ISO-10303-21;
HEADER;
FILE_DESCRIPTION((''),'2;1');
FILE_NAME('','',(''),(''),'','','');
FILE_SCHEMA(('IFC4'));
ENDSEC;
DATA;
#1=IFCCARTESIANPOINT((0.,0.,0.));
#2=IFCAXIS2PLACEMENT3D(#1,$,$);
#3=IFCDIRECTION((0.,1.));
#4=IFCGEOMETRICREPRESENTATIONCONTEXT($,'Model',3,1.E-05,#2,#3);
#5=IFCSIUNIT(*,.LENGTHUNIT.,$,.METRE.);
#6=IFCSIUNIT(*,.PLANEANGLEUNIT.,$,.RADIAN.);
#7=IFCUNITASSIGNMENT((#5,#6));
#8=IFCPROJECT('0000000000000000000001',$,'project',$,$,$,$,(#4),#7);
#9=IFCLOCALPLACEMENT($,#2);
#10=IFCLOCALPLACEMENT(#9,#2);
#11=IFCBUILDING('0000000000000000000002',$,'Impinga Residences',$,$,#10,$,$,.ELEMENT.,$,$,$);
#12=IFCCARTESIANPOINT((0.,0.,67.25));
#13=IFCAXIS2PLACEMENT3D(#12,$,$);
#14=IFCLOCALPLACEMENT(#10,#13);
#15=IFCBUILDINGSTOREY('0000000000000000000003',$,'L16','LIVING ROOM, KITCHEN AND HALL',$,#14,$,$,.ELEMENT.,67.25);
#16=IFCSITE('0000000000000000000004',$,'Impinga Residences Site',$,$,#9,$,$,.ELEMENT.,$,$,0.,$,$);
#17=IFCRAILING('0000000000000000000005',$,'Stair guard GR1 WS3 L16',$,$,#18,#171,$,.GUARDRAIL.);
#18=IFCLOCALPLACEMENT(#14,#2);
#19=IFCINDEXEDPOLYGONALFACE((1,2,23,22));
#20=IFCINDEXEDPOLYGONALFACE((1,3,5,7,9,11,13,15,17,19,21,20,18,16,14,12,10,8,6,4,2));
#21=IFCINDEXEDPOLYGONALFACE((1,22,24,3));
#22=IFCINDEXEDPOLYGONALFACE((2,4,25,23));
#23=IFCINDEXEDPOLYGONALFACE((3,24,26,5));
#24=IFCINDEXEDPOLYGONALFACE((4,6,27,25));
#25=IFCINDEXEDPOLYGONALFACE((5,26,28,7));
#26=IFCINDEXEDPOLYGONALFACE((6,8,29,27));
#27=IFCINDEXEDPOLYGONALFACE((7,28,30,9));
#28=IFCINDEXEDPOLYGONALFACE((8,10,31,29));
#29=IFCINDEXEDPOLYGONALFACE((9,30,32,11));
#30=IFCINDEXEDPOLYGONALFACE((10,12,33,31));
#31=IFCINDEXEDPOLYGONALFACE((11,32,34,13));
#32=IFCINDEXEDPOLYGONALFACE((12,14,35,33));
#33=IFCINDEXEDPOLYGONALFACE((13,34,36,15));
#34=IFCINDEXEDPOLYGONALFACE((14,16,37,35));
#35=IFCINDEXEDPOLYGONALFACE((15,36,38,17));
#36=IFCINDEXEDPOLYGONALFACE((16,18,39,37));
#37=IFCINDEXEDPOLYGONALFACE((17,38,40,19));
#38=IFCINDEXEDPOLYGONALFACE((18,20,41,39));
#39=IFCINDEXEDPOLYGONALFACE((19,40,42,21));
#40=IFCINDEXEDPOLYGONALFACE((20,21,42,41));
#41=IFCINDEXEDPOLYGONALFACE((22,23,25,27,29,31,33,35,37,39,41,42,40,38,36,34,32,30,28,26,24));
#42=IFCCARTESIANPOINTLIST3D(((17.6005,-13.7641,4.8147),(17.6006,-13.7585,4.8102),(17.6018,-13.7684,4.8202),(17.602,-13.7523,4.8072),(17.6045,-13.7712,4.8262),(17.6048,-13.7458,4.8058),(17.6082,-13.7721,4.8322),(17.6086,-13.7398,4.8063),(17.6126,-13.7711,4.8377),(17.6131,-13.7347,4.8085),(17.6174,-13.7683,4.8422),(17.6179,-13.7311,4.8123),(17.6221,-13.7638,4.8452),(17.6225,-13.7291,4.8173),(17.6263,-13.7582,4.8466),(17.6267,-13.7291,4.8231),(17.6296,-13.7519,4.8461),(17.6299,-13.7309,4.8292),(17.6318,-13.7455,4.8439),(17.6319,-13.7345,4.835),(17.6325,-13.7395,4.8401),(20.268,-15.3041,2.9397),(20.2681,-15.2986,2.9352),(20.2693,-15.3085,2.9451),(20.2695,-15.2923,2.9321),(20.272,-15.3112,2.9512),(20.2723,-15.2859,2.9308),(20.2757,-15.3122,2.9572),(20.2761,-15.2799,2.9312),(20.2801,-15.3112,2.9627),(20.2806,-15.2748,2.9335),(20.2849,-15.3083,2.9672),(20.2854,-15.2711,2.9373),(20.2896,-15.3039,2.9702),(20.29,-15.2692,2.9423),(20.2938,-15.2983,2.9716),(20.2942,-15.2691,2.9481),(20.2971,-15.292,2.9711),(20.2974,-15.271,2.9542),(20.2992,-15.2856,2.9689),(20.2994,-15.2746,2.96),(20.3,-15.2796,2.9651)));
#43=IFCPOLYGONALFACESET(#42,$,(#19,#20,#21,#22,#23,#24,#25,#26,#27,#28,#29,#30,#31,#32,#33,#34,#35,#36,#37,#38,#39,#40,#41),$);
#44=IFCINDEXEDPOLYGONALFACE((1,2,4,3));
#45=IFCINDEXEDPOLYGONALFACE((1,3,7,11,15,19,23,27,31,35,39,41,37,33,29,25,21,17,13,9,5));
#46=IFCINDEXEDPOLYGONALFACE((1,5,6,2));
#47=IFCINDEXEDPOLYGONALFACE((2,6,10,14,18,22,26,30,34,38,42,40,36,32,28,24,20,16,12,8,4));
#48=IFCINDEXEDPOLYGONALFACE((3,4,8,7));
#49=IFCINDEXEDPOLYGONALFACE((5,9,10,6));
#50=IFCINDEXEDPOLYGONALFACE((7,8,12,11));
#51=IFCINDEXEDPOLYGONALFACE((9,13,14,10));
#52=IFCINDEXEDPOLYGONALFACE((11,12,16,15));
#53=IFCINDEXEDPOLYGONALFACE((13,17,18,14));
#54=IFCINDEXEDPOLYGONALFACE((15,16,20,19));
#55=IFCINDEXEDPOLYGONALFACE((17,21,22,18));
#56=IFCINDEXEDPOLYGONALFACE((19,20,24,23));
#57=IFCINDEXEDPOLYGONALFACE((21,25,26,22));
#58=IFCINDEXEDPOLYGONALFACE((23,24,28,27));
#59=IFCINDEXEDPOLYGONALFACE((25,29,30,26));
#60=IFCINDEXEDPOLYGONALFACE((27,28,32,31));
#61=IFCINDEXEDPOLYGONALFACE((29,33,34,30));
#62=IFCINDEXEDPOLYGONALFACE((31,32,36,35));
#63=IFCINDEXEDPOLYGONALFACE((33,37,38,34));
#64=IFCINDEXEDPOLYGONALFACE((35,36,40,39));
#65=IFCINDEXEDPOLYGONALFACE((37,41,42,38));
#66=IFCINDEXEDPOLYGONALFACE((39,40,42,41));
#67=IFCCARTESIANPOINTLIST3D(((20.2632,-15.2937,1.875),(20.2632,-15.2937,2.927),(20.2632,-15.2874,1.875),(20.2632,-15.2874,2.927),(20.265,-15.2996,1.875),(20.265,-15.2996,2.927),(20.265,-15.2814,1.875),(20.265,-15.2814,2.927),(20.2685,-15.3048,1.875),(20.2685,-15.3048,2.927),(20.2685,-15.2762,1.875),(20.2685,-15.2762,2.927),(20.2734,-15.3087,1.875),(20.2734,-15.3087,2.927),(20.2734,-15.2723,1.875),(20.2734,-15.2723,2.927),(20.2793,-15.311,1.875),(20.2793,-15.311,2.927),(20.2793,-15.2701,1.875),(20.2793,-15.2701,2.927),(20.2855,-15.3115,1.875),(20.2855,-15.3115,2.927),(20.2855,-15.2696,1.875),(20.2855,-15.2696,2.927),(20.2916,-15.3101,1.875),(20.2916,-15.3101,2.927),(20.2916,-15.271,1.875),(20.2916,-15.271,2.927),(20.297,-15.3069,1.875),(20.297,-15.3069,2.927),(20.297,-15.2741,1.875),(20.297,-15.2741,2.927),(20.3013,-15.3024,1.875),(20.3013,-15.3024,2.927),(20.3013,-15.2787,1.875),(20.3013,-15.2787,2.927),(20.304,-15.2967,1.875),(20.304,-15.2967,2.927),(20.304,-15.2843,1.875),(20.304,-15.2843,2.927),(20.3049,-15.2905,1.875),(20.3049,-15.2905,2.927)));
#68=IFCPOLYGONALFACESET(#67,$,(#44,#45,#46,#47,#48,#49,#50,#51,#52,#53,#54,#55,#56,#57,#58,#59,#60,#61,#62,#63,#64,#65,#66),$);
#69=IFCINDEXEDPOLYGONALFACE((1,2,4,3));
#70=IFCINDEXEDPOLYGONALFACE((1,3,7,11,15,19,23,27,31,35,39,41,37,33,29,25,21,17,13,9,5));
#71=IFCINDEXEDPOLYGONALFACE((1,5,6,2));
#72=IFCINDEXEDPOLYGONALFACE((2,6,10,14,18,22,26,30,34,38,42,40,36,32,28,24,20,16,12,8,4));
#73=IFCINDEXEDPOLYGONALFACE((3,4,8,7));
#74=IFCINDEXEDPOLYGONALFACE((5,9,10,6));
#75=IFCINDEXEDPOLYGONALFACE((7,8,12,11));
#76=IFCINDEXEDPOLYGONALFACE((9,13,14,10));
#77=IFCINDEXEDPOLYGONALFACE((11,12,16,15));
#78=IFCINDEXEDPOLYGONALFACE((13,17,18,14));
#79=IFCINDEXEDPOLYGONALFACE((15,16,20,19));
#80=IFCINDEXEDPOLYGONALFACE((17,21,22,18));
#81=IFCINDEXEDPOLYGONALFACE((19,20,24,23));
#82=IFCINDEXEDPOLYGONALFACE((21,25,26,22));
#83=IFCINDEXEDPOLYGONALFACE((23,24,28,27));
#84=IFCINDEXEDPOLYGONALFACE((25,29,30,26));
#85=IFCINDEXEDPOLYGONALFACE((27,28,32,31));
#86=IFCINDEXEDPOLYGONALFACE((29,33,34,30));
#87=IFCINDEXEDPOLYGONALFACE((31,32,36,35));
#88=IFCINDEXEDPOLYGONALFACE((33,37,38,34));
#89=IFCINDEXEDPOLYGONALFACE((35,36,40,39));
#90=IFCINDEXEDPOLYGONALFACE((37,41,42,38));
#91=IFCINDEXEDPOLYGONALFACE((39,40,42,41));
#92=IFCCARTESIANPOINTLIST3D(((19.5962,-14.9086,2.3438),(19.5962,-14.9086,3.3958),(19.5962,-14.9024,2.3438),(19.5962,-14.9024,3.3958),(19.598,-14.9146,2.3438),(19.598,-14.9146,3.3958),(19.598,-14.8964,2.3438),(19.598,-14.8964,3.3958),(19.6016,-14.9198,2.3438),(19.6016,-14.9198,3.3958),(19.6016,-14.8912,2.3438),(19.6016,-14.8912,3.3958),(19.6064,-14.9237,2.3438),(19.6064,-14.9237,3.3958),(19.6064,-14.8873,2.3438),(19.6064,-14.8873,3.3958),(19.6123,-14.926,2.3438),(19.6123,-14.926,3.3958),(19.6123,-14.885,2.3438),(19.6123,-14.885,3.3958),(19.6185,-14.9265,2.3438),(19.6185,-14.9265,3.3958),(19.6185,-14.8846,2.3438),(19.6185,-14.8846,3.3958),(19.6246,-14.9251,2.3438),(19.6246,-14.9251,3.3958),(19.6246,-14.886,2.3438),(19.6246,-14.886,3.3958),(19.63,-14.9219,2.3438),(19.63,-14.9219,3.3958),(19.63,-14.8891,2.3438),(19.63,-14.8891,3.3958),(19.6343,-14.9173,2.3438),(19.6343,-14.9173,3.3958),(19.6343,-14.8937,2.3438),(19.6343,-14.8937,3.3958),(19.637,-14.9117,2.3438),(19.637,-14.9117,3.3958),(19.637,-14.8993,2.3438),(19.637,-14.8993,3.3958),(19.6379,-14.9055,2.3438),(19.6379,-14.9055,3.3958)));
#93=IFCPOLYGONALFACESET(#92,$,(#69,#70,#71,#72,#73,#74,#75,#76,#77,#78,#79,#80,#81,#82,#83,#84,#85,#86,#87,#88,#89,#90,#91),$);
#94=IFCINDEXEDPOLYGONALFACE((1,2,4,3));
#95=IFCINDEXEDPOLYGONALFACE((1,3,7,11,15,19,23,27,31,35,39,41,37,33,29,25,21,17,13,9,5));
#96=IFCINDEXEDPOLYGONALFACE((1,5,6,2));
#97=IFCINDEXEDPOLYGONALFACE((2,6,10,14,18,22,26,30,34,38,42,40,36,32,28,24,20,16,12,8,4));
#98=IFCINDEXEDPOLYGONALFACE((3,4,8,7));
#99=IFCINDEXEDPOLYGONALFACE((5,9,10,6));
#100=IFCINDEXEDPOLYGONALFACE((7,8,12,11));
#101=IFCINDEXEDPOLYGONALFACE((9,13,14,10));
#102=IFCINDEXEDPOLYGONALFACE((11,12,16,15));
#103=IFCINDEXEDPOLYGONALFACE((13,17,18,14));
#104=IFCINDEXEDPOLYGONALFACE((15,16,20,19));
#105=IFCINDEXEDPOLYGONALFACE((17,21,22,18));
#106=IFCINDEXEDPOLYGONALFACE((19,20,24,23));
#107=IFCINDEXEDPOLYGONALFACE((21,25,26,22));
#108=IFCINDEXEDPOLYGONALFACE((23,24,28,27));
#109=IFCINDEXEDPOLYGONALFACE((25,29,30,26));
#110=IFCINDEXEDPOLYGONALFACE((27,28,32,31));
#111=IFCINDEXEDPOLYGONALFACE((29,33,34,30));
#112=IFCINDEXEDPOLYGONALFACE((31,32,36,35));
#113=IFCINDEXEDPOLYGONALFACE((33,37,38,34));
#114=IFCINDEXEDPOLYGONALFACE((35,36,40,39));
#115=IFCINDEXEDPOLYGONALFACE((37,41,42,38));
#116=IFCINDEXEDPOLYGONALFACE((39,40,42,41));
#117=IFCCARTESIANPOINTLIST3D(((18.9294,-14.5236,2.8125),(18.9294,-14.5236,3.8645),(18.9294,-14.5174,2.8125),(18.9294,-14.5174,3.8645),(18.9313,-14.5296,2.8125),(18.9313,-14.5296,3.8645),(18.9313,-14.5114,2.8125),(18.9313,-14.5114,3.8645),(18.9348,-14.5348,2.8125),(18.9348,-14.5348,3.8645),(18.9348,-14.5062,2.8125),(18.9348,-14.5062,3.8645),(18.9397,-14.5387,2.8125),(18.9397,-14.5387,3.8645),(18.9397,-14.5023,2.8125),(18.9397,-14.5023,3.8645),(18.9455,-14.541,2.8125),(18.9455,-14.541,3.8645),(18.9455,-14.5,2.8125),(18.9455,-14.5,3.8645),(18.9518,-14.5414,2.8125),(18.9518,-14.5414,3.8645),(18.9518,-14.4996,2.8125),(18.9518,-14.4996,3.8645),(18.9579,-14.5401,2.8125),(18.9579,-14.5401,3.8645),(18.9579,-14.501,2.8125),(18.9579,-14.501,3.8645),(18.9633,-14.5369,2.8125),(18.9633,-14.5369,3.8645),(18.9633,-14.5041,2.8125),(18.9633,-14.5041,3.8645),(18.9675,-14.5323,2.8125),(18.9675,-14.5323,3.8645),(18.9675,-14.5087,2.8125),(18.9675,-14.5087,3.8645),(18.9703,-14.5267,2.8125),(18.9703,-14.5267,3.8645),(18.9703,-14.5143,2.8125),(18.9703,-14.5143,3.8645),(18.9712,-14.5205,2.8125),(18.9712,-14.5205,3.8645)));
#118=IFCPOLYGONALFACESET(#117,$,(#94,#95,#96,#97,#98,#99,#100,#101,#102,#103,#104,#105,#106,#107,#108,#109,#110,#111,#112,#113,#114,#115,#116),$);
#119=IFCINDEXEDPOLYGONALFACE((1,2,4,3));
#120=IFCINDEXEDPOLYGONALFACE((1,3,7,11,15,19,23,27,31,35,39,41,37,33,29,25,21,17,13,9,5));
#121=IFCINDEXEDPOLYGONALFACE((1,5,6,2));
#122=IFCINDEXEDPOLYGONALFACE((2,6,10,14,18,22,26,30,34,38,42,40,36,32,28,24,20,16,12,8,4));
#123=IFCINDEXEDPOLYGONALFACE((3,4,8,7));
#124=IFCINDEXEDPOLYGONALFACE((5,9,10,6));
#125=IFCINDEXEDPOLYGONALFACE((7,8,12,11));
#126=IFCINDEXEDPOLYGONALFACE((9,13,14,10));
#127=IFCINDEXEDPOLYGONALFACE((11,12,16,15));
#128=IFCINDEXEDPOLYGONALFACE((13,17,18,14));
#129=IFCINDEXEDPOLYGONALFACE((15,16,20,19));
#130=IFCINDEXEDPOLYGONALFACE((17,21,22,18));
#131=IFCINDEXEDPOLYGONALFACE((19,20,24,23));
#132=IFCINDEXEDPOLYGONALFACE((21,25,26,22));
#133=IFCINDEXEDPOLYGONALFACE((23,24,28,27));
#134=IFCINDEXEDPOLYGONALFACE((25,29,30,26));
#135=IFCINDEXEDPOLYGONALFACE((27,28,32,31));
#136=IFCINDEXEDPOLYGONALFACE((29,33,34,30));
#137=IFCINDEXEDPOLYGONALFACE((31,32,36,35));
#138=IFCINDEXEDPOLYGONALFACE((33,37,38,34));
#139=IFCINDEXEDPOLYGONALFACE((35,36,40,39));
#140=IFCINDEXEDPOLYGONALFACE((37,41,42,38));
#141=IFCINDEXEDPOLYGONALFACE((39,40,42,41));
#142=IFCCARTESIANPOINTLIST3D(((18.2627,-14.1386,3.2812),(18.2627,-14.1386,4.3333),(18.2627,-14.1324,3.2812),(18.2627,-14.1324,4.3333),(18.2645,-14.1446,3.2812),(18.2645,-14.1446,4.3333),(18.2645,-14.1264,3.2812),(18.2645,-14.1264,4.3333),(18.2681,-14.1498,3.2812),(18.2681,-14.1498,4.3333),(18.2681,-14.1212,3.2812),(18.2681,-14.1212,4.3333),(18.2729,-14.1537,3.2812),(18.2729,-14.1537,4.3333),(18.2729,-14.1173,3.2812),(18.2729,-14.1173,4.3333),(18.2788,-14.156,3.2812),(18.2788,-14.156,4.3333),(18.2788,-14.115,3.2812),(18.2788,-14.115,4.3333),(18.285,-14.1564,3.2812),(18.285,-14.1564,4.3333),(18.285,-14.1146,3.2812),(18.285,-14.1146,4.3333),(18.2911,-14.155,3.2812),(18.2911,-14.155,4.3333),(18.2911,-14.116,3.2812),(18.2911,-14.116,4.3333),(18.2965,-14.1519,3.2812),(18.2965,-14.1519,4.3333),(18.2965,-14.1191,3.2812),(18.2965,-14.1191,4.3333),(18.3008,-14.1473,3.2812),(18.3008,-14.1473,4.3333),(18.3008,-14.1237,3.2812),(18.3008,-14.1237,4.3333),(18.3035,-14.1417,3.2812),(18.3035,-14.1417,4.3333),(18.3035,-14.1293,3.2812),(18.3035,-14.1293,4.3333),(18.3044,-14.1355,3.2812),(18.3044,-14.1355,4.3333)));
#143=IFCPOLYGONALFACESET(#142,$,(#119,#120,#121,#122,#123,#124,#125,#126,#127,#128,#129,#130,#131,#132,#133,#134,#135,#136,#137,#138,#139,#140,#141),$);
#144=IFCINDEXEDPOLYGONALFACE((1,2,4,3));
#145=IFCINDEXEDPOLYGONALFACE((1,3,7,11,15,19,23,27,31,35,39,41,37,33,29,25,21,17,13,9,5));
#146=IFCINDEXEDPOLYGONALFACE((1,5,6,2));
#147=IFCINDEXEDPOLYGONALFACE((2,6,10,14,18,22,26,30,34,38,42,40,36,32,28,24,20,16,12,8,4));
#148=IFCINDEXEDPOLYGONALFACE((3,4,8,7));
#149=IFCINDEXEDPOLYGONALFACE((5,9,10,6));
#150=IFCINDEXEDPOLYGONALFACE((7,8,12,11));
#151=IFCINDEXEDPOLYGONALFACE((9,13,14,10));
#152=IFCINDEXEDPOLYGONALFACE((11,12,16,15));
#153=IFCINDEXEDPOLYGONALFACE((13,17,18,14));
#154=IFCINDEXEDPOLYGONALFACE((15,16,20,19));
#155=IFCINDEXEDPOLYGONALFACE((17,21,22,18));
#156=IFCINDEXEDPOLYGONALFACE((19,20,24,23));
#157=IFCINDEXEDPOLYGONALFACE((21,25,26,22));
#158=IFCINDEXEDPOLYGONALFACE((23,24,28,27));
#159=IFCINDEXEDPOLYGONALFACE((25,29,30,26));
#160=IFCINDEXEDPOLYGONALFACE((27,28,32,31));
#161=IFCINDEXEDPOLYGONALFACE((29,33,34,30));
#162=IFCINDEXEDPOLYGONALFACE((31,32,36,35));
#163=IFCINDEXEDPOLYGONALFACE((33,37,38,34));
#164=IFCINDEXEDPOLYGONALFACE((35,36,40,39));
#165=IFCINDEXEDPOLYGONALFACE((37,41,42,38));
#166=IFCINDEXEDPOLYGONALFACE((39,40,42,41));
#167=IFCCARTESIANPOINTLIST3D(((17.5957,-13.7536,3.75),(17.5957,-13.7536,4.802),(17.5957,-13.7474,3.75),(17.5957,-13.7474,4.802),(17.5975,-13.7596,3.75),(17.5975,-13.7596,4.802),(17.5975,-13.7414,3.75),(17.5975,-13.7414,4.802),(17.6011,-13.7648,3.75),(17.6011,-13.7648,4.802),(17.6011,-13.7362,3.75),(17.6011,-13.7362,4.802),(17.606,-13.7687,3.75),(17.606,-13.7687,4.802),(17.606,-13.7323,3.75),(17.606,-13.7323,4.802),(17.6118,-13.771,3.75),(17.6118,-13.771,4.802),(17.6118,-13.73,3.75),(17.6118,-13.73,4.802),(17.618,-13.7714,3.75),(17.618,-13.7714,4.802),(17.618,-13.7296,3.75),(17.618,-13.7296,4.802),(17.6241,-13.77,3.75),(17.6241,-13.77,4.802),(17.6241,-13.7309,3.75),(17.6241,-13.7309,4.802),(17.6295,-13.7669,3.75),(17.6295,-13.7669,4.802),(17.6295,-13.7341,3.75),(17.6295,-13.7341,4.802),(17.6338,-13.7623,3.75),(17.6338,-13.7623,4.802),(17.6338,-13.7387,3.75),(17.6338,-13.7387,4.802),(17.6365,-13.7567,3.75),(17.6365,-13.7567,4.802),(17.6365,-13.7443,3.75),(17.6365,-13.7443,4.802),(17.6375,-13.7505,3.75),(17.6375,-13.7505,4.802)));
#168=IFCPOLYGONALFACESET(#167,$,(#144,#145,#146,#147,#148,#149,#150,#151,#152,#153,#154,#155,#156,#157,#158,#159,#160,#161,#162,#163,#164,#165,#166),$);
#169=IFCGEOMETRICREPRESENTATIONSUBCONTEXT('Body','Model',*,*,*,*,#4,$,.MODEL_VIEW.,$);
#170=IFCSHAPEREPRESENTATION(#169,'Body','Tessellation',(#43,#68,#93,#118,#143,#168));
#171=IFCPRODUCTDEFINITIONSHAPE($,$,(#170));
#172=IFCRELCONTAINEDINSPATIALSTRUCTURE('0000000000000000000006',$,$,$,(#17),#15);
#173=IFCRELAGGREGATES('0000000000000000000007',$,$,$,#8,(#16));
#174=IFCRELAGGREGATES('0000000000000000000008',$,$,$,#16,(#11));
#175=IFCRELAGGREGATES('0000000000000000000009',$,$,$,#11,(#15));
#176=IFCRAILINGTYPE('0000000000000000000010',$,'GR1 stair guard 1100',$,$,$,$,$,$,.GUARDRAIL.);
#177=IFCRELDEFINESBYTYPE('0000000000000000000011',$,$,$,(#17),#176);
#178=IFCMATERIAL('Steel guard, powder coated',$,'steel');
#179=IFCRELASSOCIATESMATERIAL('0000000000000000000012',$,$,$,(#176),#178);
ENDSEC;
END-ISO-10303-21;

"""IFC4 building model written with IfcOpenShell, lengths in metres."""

from ifc_helpers import new_model, si_unit, direction, frame, origin, origin_2d, place, context, subcontext, project, spatial, circle, extrude, material, type_object, element, save


model = new_model("IFC4")

# Units and contexts
model_context = context("Model", 3, precision=1e-05, world=origin(), true_north=direction((0.0, 1.0)))
body_context = subcontext(model_context, "Body", "Model", "MODEL_VIEW")
ifc_project = project(units=[si_unit("LENGTHUNIT", "METRE"), si_unit("PLANEANGLEUNIT", "RADIAN")], contexts=[model_context])

# Site, building, storey
site_placement = place(None, origin())
site = spatial("IfcSite", under=ifc_project, at=site_placement, Name="Impinga Residences Site", CompositionType="ELEMENT", RefElevation=0.0)
building_placement = place(site_placement, origin())
building = spatial("IfcBuilding", under=site, at=building_placement, Name="Impinga Residences", CompositionType="ELEMENT")
storey_placement = place(building_placement, frame((0.0, 0.0, 67.25)))
storey = spatial("IfcBuildingStorey", under=building, at=storey_placement, Name="L16", Description="LIVING ROOM, KITCHEN AND HALL", CompositionType="ELEMENT", Elevation=67.25)

# Railing
ifc_material_1 = material(Name="Steel guard, powder coated", Category="steel")
railing_type_1 = type_object("IfcRailingType", Name="GR1 stair guard 1100", PredefinedType="GUARDRAIL", material=ifc_material_1)
railing_1_placement = place(storey_placement, frame((20.2839, -15.2905, 1.875)))
element("IfcRailing", 1, at=railing_1_placement, inside=storey, type_object=railing_type_1, Name="Stair guard GR1 WS3 L16", PredefinedType="GUARDRAIL", context=body_context, shape_type="SweptSolid", body=[
    extrude(circle(Radius=0.0239, at=origin_2d()), frame((0.0, 0.0, 1.0762), z_axis=(-0.739746, 0.427084, 0.519975), x_axis=(-0.499992, -0.86603, 0.0)), (0.0, 0.0, 1.0), 3.606),
    extrude(circle(Radius=0.021, at=origin_2d()), origin(), (0.0, 0.0, 1.0), 1.052),
    extrude(circle(Radius=0.021, at=origin_2d()), frame((-0.667, 0.385, 0.4688)), (0.0, 0.0, 1.0), 1.052),
    extrude(circle(Radius=0.021, at=origin_2d()), frame((-1.3337, 0.77, 0.9375)), (0.0, 0.0, 1.0), 1.052),
    extrude(circle(Radius=0.021, at=origin_2d()), frame((-2.0005, 1.155, 1.4062)), (0.0, 0.0, 1.0), 1.052),
    extrude(circle(Radius=0.021, at=origin_2d()), frame((-2.6675, 1.54, 1.875)), (0.0, 0.0, 1.0), 1.052),
])

save(model, "model.ifc")
